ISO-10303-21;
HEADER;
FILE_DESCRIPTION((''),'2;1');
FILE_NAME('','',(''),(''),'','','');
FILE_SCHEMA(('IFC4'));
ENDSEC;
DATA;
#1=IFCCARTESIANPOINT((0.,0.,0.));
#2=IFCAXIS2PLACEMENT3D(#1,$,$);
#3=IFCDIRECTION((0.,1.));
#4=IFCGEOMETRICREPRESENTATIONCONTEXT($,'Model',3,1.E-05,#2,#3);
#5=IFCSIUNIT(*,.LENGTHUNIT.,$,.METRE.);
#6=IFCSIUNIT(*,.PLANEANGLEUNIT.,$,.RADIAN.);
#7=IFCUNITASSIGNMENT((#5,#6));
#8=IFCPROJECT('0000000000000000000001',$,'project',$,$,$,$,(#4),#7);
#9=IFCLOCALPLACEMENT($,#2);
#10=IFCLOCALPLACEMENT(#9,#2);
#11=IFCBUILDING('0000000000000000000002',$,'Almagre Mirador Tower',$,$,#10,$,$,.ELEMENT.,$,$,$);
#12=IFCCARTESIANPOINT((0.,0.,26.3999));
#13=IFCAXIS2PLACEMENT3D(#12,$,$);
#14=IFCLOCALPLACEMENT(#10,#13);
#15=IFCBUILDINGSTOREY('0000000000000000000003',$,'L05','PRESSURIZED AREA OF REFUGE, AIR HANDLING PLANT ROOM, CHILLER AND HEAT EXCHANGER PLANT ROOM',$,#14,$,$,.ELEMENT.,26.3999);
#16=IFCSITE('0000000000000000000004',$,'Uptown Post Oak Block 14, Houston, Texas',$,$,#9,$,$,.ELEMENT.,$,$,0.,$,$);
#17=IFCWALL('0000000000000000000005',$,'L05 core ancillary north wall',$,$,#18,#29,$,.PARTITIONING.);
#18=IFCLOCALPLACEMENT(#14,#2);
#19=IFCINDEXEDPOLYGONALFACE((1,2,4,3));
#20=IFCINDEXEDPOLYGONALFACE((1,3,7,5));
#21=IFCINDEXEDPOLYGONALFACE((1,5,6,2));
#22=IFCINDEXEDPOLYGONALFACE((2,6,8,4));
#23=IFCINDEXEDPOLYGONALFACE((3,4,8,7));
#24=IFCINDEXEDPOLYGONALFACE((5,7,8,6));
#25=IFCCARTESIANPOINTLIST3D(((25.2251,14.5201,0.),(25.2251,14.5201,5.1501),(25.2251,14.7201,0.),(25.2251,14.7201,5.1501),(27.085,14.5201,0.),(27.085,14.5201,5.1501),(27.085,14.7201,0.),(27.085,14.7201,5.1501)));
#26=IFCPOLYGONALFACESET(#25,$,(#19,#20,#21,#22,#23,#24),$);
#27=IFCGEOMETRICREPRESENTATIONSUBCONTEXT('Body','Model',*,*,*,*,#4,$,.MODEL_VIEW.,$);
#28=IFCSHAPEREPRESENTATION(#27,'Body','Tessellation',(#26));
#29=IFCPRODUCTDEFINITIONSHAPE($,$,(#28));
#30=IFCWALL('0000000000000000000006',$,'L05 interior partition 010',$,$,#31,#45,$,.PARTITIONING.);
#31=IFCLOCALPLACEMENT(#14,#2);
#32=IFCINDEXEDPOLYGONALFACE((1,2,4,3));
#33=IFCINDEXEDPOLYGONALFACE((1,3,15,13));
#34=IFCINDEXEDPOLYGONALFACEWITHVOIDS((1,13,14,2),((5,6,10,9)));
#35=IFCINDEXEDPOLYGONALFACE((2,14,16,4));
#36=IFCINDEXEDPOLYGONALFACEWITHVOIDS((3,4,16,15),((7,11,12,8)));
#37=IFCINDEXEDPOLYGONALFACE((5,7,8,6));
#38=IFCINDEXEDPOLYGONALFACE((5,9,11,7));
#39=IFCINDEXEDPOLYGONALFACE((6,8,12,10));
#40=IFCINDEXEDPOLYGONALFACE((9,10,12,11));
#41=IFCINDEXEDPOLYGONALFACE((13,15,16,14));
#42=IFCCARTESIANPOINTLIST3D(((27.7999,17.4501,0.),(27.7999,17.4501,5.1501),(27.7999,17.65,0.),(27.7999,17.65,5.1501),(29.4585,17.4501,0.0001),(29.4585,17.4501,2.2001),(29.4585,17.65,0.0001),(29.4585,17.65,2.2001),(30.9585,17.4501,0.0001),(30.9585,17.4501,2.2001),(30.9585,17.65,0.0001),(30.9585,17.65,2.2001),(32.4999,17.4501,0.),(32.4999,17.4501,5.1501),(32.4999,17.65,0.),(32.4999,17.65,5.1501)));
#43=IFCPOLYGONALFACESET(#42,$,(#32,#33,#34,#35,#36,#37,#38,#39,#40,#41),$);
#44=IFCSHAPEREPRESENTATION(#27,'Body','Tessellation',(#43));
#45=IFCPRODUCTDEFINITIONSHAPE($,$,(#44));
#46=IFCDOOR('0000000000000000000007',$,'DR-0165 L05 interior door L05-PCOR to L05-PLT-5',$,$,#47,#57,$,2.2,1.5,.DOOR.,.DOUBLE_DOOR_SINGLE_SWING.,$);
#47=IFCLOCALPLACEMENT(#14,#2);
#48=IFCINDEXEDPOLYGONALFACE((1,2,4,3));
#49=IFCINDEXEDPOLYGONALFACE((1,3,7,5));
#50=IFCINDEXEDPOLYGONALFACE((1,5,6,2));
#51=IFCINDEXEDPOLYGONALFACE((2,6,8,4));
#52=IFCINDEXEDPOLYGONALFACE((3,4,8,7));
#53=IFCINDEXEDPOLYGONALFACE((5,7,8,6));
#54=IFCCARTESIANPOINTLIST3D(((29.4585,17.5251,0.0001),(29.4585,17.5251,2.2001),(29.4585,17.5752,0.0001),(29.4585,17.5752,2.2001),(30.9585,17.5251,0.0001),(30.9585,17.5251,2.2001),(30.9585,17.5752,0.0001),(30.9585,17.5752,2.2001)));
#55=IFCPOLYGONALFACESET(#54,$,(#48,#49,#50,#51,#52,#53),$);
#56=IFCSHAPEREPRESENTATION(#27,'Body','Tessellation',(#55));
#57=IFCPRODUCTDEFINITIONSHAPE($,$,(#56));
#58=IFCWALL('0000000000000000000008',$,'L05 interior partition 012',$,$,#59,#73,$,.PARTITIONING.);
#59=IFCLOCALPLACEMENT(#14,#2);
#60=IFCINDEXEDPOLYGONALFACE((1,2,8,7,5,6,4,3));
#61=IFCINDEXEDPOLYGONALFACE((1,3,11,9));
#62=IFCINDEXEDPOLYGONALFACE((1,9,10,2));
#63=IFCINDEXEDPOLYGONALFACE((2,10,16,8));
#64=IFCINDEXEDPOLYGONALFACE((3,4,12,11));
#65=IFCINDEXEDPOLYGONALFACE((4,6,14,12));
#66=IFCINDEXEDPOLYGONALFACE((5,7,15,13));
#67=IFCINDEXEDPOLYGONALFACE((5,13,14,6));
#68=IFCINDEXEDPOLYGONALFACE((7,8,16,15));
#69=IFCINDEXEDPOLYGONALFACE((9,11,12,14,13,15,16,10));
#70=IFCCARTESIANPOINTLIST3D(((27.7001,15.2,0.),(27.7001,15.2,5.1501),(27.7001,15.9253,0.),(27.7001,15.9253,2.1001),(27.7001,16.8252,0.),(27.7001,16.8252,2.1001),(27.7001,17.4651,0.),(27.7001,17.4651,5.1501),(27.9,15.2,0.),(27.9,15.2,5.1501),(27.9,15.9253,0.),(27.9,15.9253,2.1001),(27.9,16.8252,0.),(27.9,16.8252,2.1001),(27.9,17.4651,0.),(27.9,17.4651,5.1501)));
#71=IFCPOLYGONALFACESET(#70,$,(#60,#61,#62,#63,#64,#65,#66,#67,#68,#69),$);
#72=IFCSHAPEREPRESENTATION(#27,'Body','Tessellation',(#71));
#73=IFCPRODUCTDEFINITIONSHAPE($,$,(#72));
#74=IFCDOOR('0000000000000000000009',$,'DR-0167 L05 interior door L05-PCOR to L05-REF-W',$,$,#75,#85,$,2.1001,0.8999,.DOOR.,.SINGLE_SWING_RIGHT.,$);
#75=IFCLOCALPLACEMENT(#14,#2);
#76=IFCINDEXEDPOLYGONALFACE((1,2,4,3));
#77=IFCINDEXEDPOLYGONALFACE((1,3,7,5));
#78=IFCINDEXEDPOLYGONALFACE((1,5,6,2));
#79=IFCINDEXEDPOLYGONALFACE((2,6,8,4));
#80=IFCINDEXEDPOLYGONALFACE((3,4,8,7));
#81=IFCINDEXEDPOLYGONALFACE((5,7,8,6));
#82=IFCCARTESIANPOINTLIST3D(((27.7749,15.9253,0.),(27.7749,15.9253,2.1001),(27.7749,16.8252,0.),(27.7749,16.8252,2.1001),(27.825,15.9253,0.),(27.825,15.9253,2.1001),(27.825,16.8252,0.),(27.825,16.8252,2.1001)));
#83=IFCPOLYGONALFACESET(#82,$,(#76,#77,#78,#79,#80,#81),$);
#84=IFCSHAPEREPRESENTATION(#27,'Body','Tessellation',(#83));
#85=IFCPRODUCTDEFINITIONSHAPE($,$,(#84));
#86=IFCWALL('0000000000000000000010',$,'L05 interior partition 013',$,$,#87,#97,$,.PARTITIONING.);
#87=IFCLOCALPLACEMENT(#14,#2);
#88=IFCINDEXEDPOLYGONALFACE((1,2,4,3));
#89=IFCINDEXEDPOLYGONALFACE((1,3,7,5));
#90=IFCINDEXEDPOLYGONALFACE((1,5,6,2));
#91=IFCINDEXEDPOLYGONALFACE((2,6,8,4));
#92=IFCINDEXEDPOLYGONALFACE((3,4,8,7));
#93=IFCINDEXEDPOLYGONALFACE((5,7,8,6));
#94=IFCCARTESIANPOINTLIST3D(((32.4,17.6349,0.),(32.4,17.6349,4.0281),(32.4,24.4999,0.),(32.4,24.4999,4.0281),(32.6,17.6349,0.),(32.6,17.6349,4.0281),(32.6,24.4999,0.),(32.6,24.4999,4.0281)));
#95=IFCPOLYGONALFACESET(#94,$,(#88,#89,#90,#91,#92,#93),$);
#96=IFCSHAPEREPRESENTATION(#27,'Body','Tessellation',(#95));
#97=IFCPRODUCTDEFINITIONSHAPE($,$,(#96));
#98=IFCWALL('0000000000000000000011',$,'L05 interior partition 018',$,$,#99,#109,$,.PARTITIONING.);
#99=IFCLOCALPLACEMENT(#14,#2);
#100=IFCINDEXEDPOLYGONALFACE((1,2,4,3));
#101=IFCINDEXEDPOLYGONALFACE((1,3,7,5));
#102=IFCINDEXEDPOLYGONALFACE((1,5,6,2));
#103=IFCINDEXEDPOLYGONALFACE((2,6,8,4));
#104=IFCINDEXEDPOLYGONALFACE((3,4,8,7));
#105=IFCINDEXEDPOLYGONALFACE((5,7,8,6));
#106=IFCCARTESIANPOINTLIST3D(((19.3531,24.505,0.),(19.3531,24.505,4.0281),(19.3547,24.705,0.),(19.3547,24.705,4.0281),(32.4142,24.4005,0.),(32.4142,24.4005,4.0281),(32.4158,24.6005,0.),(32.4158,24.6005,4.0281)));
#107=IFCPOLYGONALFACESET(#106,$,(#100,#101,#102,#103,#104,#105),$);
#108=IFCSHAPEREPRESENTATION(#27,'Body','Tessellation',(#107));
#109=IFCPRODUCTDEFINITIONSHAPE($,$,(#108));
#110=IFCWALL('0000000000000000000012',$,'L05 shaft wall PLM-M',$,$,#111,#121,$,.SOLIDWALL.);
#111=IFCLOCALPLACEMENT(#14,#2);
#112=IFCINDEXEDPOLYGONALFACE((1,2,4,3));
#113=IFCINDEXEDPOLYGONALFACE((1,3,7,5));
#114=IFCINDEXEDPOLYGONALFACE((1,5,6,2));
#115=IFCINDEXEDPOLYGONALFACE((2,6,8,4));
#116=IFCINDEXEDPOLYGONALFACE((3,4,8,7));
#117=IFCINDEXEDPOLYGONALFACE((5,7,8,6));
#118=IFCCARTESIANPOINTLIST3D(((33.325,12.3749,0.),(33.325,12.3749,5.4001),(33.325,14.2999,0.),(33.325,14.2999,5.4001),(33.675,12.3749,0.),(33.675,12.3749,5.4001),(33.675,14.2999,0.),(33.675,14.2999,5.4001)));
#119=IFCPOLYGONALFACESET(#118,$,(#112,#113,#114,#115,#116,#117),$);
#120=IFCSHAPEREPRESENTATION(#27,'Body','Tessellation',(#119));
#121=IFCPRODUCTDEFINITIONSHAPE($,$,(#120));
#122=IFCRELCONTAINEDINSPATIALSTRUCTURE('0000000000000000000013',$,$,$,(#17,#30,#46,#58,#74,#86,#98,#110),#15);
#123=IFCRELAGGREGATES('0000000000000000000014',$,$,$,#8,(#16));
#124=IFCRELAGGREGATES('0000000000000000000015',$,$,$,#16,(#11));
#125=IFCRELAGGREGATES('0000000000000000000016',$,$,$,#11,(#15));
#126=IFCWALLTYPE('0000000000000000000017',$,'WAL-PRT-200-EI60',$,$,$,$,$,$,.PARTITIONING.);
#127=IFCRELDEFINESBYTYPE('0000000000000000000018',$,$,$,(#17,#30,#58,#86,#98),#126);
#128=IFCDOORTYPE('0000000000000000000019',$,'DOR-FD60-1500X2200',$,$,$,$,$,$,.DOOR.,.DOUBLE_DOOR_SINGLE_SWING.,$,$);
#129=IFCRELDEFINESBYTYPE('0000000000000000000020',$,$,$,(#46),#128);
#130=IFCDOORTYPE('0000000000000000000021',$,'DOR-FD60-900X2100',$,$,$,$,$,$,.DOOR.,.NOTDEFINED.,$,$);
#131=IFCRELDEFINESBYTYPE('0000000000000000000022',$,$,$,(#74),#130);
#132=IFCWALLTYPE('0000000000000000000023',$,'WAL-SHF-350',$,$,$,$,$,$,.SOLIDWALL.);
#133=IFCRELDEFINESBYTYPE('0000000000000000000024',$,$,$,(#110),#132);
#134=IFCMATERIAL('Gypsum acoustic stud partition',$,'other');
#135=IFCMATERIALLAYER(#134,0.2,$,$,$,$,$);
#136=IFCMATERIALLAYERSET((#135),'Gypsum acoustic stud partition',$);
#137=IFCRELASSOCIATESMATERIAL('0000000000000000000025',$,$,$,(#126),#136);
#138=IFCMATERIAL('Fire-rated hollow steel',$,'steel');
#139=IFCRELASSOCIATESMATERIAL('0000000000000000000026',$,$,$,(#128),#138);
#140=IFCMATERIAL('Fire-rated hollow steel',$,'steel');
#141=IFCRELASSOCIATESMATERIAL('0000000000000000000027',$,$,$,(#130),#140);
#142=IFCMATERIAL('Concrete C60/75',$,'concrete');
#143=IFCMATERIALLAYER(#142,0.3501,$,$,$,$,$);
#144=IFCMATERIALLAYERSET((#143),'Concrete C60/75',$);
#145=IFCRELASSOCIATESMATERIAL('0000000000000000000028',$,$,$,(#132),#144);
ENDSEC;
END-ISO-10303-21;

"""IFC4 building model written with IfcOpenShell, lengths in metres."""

from ifc_helpers import new_model, si_unit, direction, frame, frame_2d, origin, place, context, subcontext, project, spatial, rectangle, extrude, material, layer, layer_set, type_object, element, fill, save


model = new_model("IFC4")

# Units and contexts
model_context = context("Model", 3, precision=1e-05, world=origin(), true_north=direction((0.0, 1.0)))
body_context = subcontext(model_context, "Body", "Model", "MODEL_VIEW")
ifc_project = project(units=[si_unit("LENGTHUNIT", "METRE"), si_unit("PLANEANGLEUNIT", "RADIAN")], contexts=[model_context])

# Site, building, storey
site_placement = place(None, origin())
site = spatial("IfcSite", under=ifc_project, at=site_placement, Name="Uptown Post Oak Block 14, Houston, Texas", CompositionType="ELEMENT", RefElevation=0.0)
building_placement = place(site_placement, origin())
building = spatial("IfcBuilding", under=site, at=building_placement, Name="Almagre Mirador Tower", CompositionType="ELEMENT")
storey_placement = place(building_placement, frame((0.0, 0.0, 26.3999)))
storey = spatial("IfcBuildingStorey", under=building, at=storey_placement, Name="L05", Description="PRESSURIZED AREA OF REFUGE, AIR HANDLING PLANT ROOM, CHILLER AND HEAT EXCHANGER PLANT ROOM", CompositionType="ELEMENT", Elevation=26.3999)

# Wall
ifc_material_1 = material(Name="Gypsum acoustic stud partition", Category="other")
ifc_layer_1 = layer(ifc_material_1, 0.2)
ifc_layer_set_1 = layer_set([ifc_layer_1], Name="Gypsum acoustic stud partition")
wall_type_1 = type_object("IfcWallType", Name="WAL-PRT-200-EI60", PredefinedType="PARTITIONING", material=ifc_layer_set_1)
wall_1_placement = place(storey_placement, frame((25.2251, 14.6201, 0.0), z_axis=(0.0, 0.0, 1.0), x_axis=(1.0, 0.0, 0.0)))
element("IfcWall", 1, at=wall_1_placement, inside=storey, type_object=wall_type_1, Name="L05 core ancillary north wall", PredefinedType="PARTITIONING", context=body_context, shape_type="SweptSolid", body=[
    extrude(rectangle(XDim=1.8599, YDim=0.2, at=frame_2d((0.9299, 0.0))), origin(), (0.0, 0.0, 1.0), 5.1501),
])

# Walls, openings, doors
wall_2_placement = place(storey_placement, frame((32.5, 17.55, 0.0), z_axis=(0.0, 0.0, 1.0), x_axis=(-1.0, 0.0, 0.0)))
wall_2 = element("IfcWall", 2, at=wall_2_placement, inside=storey, type_object=wall_type_1, Name="L05 interior partition 010", PredefinedType="PARTITIONING", context=body_context, shape_type="SweptSolid", body=[
    extrude(rectangle(XDim=4.7, YDim=0.2, at=frame_2d((2.3501, 0.0))), origin(), (0.0, 0.0, 1.0), 5.1501),
])
opening_1_placement = place(wall_2_placement, frame((1.5415, 0.0, 0.0)))
opening_1 = element("IfcOpeningElement", 3, at=opening_1_placement, cuts=wall_2, PredefinedType="OPENING", context=body_context, shape_type="SweptSolid", body=[
    extrude(rectangle(XDim=1.5, YDim=2.2, at=frame_2d((0.75, 1.1001))), frame((0.0, 0.1101, 0.0), z_axis=(0.0, -1.0, 0.0), x_axis=(1.0, 0.0, 0.0)), (0.0, 0.0, 1.0), 0.22),
])
ifc_material_2 = material(Name="Fire-rated hollow steel", Category="steel")
door_type_1 = type_object("IfcDoorType", Name="DOR-FD60-1500X2200", OperationType="DOUBLE_DOOR_SINGLE_SWING", PredefinedType="DOOR", material=ifc_material_2)
door_1_placement = place(opening_1_placement, origin())
door_1 = element("IfcDoor", 4, at=door_1_placement, inside=storey, type_object=door_type_1, Name="DR-0165 L05 interior door L05-PCOR to L05-PLT-5", OperationType="DOUBLE_DOOR_SINGLE_SWING", OverallHeight=2.2, OverallWidth=1.5, PredefinedType="DOOR", context=body_context, shape_type="SweptSolid", body=[
    extrude(rectangle(XDim=1.5, YDim=2.2, at=frame_2d((0.75, 1.1001))), frame((0.0, 0.0249, 0.0), z_axis=(0.0, -1.0, 0.0), x_axis=(1.0, 0.0, 0.0)), (0.0, 0.0, 1.0), 0.05),
])
fill(opening_1, door_1)
wall_3_placement = place(storey_placement, frame((27.8, 17.4651, 0.0), z_axis=(0.0, 0.0, 1.0), x_axis=(0.0, -1.0, 0.0)))
wall_3 = element("IfcWall", 5, at=wall_3_placement, inside=storey, type_object=wall_type_1, Name="L05 interior partition 012", PredefinedType="PARTITIONING", context=body_context, shape_type="SweptSolid", body=[
    extrude(rectangle(XDim=2.2651, YDim=0.2, at=frame_2d((1.1326, 0.0))), origin(), (0.0, 0.0, 1.0), 5.1501),
])
opening_2_placement = place(wall_3_placement, frame((0.6399, 0.0, 0.0)))
opening_2 = element("IfcOpeningElement", 6, at=opening_2_placement, cuts=wall_3, PredefinedType="OPENING", context=body_context, shape_type="SweptSolid", body=[
    extrude(rectangle(XDim=0.8999, YDim=2.1001, at=frame_2d((0.45, 1.05))), frame((0.0, 0.1101, 0.0), z_axis=(0.0, -1.0, 0.0), x_axis=(1.0, 0.0, 0.0)), (0.0, 0.0, 1.0), 0.22),
])
ifc_material_3 = material(Name="Fire-rated hollow steel", Category="steel")
door_type_2 = type_object("IfcDoorType", Name="DOR-FD60-900X2100", OperationType="NOTDEFINED", PredefinedType="DOOR", material=ifc_material_3)
door_2_placement = place(opening_2_placement, origin())
door_2 = element("IfcDoor", 7, at=door_2_placement, inside=storey, type_object=door_type_2, Name="DR-0167 L05 interior door L05-PCOR to L05-REF-W", OperationType="SINGLE_SWING_RIGHT", OverallHeight=2.1001, OverallWidth=0.8999, PredefinedType="DOOR", context=body_context, shape_type="SweptSolid", body=[
    extrude(rectangle(XDim=0.8999, YDim=2.1001, at=frame_2d((0.45, 1.05))), frame((0.0, 0.0249, 0.0), z_axis=(0.0, -1.0, 0.0), x_axis=(1.0, 0.0, 0.0)), (0.0, 0.0, 1.0), 0.05),
])
fill(opening_2, door_2)

# Walls
wall_4_placement = place(storey_placement, frame((32.5, 24.5, 0.0), z_axis=(0.0, 0.0, 1.0), x_axis=(0.0, -1.0, 0.0)))
element("IfcWall", 8, at=wall_4_placement, inside=storey, type_object=wall_type_1, Name="L05 interior partition 013", PredefinedType="PARTITIONING", context=body_context, shape_type="SweptSolid", body=[
    extrude(rectangle(XDim=6.865, YDim=0.2, at=frame_2d((3.4326, 0.0))), origin(), (0.0, 0.0, 1.0), 4.0281),
])
wall_5_placement = place(storey_placement, frame((32.415, 24.5005, 0.0), z_axis=(0.0, 0.0, 1.0), x_axis=(-0.999968, 0.008, 0.0)))
element("IfcWall", 9, at=wall_5_placement, inside=storey, type_object=wall_type_1, Name="L05 interior partition 018", PredefinedType="PARTITIONING", context=body_context, shape_type="SweptSolid", body=[
    extrude(rectangle(XDim=13.0615, YDim=0.2, at=frame_2d((6.5308, 0.0))), origin(), (0.0, 0.0, 1.0), 4.0281),
])
ifc_material_4 = material(Name="Concrete C60/75", Category="concrete")
ifc_layer_2 = layer(ifc_material_4, 0.3501)
ifc_layer_set_2 = layer_set([ifc_layer_2], Name="Concrete C60/75")
wall_type_2 = type_object("IfcWallType", Name="WAL-SHF-350", PredefinedType="SOLIDWALL", material=ifc_layer_set_2)
wall_6_placement = place(storey_placement, frame((33.5, 12.375, 0.0), z_axis=(0.0, 0.0, 1.0), x_axis=(0.0, 1.0, 0.0)))
element("IfcWall", 10, at=wall_6_placement, inside=storey, type_object=wall_type_2, Name="L05 shaft wall PLM-M", PredefinedType="SOLIDWALL", context=body_context, shape_type="SweptSolid", body=[
    extrude(rectangle(XDim=1.925, YDim=0.3501, at=frame_2d((0.9624, 0.0))), origin(), (0.0, 0.0, 1.0), 5.4001),
])

save(model, "model.ifc")
